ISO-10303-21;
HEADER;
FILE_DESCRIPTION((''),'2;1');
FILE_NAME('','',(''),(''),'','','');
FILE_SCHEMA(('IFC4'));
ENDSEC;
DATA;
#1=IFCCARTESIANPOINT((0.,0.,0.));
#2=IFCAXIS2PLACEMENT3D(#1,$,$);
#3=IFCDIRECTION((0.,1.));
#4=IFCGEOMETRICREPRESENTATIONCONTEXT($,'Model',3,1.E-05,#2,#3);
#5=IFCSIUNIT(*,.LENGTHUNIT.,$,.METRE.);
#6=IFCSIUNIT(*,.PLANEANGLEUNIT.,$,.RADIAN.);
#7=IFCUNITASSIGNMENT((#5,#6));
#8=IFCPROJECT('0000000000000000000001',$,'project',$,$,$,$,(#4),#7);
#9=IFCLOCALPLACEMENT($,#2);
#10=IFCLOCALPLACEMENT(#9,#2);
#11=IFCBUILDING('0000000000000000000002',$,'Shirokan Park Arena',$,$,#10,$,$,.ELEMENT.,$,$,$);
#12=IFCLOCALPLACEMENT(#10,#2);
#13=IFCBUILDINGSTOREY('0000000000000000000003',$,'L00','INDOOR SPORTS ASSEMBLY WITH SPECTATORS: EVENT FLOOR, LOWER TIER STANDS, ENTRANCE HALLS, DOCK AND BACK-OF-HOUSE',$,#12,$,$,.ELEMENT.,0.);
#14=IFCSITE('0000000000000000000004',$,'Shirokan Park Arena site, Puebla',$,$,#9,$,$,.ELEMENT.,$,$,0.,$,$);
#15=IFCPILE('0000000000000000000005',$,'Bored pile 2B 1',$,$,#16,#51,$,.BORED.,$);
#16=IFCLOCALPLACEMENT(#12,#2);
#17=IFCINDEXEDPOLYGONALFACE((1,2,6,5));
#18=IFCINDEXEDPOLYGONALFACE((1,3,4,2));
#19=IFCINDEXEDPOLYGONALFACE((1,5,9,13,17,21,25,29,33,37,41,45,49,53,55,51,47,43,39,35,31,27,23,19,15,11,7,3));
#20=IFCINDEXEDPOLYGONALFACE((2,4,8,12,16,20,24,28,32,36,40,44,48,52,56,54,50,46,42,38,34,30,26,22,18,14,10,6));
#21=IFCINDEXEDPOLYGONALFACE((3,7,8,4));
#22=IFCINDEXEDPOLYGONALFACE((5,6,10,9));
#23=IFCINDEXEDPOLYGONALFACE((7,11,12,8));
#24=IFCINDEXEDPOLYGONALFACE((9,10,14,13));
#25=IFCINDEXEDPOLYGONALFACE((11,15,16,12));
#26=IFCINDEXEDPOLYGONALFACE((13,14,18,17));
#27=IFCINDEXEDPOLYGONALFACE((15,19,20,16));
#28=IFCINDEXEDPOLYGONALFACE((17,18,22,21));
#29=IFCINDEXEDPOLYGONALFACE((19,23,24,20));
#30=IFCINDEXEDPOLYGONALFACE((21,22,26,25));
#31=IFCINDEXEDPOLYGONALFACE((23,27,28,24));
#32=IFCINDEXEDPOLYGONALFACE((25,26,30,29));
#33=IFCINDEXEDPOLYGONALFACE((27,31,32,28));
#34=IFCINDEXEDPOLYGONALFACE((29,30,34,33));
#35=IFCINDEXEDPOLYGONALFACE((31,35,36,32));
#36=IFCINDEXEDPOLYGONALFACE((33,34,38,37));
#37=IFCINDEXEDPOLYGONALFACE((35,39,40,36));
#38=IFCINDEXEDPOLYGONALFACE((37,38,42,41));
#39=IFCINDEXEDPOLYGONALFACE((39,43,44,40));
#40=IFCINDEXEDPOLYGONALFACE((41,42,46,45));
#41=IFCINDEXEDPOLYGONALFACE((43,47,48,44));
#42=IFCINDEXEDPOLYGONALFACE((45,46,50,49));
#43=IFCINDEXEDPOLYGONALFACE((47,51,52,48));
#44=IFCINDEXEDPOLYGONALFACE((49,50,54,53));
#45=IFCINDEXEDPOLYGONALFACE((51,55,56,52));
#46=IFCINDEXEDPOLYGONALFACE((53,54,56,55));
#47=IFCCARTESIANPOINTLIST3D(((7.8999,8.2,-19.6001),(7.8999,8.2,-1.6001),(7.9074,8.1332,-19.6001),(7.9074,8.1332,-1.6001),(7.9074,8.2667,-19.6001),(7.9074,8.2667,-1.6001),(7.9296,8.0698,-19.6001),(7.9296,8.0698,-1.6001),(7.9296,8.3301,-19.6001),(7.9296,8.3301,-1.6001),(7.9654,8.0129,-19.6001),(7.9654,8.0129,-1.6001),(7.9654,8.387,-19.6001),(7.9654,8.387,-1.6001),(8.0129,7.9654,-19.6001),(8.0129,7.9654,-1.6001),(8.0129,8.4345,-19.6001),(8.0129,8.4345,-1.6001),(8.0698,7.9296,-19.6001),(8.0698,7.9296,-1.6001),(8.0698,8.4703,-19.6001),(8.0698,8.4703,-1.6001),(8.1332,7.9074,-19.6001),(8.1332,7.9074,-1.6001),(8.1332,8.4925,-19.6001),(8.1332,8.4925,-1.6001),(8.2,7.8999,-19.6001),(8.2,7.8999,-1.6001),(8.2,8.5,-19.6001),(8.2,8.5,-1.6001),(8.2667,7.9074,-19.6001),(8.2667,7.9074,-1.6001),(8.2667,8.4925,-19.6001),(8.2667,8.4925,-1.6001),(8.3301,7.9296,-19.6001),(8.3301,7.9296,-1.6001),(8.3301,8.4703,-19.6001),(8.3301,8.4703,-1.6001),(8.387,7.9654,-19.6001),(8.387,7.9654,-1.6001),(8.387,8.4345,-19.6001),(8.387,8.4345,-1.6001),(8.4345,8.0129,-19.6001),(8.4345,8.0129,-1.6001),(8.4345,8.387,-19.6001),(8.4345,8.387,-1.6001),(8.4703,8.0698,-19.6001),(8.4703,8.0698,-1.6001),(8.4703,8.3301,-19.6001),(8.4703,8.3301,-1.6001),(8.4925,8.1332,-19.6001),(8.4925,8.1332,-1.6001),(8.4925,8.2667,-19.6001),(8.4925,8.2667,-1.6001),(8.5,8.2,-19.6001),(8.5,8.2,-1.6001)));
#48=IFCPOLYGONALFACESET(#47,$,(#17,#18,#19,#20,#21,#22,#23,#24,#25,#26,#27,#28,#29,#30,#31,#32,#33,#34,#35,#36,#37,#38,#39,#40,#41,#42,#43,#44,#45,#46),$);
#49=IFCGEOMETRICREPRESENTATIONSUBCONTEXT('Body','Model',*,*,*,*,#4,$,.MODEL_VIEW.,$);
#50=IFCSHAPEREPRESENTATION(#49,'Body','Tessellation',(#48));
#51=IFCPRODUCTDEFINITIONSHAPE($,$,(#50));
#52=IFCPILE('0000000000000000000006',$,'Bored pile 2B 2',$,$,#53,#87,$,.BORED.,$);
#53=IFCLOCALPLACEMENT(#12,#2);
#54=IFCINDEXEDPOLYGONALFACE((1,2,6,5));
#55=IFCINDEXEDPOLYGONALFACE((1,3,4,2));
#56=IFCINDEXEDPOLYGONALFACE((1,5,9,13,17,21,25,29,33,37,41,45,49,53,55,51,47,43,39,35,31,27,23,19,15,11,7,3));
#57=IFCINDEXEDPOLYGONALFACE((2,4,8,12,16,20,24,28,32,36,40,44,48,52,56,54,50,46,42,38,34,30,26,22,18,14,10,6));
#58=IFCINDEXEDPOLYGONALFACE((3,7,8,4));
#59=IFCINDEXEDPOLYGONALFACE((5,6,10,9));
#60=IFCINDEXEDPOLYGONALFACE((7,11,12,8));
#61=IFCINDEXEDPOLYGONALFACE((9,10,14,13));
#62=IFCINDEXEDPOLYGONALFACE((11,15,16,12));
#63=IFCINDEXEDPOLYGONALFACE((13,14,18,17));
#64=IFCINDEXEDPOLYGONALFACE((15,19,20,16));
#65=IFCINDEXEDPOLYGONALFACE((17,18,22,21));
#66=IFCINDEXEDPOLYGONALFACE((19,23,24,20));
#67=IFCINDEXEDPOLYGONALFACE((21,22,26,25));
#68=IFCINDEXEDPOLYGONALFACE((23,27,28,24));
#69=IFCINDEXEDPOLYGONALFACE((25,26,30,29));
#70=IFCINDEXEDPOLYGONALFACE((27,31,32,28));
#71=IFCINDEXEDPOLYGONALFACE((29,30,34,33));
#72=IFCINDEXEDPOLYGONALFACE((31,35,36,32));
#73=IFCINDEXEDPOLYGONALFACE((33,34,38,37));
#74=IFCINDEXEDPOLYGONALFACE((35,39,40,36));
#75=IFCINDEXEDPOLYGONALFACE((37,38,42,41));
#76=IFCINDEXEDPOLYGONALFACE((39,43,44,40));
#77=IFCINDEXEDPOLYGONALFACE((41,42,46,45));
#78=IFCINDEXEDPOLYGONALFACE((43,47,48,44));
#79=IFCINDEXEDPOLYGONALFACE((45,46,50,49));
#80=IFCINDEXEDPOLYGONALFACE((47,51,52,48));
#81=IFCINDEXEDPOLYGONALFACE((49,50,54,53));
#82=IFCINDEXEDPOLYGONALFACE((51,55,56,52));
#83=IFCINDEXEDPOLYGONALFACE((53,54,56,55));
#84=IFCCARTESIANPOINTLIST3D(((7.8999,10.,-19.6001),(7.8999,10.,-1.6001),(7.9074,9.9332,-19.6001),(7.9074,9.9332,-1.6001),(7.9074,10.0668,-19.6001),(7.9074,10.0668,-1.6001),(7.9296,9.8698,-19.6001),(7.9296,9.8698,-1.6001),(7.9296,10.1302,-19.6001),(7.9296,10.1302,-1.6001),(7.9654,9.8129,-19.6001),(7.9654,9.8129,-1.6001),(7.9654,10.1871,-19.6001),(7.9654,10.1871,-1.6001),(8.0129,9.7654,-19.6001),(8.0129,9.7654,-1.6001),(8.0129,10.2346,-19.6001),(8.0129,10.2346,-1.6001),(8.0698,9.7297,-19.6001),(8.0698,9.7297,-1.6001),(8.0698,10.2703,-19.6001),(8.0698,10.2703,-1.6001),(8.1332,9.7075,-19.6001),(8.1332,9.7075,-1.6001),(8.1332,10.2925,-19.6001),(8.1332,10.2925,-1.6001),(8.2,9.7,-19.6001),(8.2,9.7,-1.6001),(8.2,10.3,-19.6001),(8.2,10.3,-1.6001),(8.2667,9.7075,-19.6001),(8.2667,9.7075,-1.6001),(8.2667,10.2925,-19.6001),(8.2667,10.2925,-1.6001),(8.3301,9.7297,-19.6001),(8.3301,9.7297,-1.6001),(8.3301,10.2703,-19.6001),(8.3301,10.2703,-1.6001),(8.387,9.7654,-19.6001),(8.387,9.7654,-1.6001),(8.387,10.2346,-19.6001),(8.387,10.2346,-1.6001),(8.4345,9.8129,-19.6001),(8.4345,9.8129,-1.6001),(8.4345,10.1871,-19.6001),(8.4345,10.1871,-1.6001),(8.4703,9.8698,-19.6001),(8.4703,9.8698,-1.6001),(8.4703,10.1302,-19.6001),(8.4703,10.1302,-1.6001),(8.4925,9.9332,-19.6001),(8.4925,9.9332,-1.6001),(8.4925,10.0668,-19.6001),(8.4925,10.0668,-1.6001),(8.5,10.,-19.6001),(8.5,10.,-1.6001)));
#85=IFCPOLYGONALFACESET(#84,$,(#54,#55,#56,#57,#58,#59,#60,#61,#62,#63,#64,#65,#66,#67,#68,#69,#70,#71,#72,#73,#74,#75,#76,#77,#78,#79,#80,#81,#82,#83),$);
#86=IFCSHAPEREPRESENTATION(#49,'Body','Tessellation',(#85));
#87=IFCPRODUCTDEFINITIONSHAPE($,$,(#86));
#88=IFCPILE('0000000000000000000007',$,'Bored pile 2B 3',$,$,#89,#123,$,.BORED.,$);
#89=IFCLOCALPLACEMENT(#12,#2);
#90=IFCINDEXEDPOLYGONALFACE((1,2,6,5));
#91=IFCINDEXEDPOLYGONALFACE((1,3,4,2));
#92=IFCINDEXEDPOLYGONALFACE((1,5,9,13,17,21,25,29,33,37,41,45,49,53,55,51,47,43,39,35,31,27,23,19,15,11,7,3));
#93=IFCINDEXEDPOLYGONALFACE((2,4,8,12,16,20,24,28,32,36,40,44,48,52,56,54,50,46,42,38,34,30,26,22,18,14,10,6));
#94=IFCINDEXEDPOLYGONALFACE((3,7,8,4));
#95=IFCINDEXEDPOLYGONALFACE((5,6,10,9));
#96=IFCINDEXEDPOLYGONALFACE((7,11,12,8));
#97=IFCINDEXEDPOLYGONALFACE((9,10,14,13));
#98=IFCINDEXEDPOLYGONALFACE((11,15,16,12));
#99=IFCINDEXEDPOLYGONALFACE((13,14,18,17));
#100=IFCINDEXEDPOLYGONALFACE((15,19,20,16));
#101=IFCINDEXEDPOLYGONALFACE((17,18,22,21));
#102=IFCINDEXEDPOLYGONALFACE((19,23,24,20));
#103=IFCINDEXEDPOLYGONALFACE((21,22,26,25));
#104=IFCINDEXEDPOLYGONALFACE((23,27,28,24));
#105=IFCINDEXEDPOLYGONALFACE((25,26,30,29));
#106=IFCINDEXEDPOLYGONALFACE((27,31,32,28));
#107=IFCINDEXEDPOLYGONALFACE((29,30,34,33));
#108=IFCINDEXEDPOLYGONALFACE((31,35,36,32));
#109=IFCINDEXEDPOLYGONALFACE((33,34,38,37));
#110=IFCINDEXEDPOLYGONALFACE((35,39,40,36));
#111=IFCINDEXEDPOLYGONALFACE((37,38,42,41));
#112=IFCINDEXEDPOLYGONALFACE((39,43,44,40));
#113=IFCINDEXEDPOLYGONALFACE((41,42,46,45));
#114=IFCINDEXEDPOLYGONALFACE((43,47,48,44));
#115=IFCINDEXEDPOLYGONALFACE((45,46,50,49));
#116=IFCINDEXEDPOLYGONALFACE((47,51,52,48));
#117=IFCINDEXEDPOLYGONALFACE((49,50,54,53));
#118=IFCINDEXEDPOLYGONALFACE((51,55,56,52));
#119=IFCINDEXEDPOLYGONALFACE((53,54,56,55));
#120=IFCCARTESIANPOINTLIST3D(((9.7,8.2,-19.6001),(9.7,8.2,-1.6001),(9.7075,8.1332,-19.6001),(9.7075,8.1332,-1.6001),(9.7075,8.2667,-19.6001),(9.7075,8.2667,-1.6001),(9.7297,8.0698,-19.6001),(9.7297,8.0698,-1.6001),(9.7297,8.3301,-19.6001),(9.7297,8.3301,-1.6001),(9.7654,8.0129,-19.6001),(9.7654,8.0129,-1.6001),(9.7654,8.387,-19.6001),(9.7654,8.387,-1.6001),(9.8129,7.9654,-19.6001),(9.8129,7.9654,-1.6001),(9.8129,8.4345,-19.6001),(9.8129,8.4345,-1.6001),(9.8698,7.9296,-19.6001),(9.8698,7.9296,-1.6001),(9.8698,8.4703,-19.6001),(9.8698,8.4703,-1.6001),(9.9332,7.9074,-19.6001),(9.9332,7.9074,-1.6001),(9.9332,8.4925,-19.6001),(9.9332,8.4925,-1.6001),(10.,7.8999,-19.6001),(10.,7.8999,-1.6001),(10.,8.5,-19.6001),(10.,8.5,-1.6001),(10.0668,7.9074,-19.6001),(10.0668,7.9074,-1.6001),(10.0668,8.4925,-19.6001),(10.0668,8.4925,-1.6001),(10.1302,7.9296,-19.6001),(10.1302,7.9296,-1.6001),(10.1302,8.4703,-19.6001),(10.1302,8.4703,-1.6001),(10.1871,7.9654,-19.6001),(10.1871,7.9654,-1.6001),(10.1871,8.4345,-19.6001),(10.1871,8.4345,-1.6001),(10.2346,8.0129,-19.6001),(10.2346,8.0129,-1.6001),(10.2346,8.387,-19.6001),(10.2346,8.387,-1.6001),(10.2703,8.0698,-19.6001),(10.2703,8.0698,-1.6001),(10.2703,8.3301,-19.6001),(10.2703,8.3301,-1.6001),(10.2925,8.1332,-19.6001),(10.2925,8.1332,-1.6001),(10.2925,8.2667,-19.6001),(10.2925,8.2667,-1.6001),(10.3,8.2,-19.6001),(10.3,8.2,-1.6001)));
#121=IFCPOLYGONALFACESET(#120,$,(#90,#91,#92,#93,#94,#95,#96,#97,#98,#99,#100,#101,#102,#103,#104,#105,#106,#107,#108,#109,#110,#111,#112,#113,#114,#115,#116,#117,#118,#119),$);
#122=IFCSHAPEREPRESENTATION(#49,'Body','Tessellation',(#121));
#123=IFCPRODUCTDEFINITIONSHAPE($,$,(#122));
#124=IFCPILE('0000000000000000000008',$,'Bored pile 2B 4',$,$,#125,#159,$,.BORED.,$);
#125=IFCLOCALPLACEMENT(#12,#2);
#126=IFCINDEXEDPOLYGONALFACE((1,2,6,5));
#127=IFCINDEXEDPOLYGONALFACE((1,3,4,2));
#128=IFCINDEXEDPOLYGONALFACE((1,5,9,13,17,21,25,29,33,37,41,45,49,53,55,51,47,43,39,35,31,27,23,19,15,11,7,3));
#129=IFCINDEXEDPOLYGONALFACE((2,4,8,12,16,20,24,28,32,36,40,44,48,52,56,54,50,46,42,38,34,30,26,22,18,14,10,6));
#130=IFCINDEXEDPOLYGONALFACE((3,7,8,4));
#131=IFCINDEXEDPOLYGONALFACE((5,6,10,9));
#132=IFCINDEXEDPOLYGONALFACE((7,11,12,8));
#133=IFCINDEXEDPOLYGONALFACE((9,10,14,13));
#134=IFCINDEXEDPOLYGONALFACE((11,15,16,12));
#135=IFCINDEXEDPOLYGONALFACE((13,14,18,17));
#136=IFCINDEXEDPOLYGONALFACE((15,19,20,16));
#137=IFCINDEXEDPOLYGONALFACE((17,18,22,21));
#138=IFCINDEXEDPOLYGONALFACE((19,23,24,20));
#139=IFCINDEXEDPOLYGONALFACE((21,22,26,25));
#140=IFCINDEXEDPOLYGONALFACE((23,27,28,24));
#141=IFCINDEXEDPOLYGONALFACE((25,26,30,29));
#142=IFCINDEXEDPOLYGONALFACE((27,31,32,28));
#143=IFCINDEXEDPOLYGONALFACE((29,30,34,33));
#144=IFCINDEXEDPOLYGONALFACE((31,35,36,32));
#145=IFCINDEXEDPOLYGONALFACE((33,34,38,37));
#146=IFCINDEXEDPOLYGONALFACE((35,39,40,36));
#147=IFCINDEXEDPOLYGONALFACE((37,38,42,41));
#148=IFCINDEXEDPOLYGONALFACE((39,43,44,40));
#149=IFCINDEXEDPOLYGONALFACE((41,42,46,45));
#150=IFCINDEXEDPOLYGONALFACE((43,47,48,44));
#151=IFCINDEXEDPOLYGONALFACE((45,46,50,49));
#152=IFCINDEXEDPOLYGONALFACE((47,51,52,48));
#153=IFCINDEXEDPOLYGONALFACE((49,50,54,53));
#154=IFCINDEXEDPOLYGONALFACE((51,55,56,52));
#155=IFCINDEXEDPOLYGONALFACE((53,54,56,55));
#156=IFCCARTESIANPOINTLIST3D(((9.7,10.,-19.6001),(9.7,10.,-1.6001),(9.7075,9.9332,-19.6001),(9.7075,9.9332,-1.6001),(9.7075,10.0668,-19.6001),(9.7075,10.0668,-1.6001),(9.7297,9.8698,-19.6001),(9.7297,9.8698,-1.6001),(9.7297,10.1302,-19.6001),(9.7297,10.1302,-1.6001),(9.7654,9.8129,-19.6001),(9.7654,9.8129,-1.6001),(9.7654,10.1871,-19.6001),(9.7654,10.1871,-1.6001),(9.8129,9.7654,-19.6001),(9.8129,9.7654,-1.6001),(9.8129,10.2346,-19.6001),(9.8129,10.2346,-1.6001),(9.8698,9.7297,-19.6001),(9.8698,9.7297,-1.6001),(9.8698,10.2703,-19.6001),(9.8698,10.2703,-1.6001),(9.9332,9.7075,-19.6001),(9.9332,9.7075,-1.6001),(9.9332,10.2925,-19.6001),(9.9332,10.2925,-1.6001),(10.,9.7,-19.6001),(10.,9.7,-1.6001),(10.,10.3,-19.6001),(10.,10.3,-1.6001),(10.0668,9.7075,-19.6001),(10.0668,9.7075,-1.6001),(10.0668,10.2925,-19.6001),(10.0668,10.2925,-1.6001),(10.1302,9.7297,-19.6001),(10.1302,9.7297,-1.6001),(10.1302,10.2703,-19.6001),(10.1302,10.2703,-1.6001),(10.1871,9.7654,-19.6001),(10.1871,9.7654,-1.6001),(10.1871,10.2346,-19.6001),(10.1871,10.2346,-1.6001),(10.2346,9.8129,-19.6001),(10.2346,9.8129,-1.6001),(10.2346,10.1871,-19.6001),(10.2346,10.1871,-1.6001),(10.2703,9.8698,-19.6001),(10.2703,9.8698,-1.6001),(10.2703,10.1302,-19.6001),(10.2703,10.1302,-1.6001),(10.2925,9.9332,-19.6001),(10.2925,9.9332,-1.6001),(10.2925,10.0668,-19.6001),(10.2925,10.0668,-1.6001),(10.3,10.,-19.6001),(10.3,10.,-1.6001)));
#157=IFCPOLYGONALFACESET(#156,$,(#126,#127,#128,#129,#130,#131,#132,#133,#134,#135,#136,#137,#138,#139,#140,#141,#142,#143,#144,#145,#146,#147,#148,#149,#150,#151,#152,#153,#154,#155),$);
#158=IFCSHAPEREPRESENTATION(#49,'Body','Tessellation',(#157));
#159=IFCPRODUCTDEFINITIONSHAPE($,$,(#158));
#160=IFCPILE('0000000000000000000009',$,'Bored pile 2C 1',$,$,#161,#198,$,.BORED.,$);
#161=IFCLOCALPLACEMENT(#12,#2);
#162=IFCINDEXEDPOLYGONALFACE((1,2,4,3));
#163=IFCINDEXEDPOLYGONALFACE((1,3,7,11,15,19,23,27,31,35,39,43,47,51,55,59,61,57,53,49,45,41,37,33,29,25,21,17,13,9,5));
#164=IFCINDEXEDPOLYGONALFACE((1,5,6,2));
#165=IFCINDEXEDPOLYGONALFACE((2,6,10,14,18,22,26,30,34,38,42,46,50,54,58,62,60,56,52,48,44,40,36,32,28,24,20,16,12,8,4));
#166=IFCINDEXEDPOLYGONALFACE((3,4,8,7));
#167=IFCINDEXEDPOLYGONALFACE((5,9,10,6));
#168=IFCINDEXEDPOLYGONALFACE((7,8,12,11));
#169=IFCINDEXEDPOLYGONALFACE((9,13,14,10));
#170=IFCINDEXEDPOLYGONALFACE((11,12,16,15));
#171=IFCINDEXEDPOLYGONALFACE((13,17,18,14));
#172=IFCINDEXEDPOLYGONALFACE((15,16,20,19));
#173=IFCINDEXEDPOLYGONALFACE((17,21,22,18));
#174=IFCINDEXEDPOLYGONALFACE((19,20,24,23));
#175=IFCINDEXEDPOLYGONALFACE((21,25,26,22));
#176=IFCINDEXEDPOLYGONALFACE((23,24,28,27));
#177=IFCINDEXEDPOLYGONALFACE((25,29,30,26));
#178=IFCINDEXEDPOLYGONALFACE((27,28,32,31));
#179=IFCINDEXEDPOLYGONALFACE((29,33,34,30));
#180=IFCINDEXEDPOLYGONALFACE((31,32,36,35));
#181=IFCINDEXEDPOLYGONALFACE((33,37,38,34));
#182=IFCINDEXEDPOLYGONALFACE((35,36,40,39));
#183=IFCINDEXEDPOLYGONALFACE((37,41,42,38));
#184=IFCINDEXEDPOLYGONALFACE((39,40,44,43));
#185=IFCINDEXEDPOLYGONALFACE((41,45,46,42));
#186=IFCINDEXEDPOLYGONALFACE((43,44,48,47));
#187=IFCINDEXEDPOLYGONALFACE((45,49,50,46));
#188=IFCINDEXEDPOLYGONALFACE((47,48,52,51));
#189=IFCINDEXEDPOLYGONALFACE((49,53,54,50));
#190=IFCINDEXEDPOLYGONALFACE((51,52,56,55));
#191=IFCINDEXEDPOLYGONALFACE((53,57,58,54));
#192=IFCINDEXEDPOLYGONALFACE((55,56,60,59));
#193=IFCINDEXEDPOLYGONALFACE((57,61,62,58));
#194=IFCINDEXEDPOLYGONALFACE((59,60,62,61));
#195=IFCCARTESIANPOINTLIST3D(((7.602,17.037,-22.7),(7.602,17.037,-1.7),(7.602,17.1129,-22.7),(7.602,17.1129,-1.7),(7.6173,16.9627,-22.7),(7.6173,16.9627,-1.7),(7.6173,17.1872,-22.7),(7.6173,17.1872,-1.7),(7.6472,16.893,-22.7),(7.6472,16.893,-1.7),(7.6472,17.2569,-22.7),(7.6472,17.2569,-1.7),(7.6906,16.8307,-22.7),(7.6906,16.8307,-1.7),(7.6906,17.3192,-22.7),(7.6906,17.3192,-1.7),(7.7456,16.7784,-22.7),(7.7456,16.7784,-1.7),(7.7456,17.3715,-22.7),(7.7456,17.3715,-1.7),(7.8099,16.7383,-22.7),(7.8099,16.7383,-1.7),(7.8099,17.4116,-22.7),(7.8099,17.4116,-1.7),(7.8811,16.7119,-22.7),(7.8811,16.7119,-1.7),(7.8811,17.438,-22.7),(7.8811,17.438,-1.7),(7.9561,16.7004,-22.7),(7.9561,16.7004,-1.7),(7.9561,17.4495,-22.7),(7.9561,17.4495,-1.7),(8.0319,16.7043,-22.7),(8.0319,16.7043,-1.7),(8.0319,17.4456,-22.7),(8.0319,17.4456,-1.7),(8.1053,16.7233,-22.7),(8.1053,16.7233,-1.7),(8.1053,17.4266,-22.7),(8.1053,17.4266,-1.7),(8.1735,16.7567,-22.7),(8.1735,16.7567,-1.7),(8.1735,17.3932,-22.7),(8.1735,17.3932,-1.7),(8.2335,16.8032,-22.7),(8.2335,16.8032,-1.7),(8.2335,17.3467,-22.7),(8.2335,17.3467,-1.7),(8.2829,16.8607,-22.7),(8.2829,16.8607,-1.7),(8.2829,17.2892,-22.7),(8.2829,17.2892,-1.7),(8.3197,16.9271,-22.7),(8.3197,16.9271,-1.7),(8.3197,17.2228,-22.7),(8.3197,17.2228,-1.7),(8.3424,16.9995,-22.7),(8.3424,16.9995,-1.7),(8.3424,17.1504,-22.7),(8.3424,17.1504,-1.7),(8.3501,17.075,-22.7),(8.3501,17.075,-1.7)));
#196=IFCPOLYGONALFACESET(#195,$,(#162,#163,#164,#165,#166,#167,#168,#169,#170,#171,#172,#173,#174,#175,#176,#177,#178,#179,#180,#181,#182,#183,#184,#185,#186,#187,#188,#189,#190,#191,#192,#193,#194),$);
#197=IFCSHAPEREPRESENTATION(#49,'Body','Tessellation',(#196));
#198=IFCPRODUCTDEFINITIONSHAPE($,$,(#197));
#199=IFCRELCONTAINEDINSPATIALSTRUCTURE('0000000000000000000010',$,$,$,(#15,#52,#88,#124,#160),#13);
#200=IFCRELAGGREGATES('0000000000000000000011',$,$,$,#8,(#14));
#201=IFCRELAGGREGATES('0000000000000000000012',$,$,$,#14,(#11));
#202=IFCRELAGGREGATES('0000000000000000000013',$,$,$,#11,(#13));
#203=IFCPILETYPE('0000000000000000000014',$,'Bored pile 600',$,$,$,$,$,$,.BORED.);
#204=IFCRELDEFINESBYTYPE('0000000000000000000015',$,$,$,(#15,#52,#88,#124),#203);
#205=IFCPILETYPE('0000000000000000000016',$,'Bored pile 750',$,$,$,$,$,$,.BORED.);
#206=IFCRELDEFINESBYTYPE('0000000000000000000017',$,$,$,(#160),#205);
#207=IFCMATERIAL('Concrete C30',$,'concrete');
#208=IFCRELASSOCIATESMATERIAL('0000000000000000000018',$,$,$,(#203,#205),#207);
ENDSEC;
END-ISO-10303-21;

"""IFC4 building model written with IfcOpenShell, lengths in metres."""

from ifc_helpers import new_model, si_unit, direction, frame, origin, origin_2d, place, context, subcontext, project, spatial, circle, extrude, material, material_profile, profile_set, type_object, element, save


model = new_model("IFC4")

# Units and contexts
model_context = context("Model", 3, precision=1e-05, world=origin(), true_north=direction((0.0, 1.0)))
body_context = subcontext(model_context, "Body", "Model", "MODEL_VIEW")
ifc_project = project(units=[si_unit("LENGTHUNIT", "METRE"), si_unit("PLANEANGLEUNIT", "RADIAN")], contexts=[model_context])

# Site, building, storey
site_placement = place(None, origin())
site = spatial("IfcSite", under=ifc_project, at=site_placement, Name="Shirokan Park Arena site, Puebla", CompositionType="ELEMENT", RefElevation=0.0)
building_placement = place(site_placement, origin())
building = spatial("IfcBuilding", under=site, at=building_placement, Name="Shirokan Park Arena", CompositionType="ELEMENT")
storey_placement = place(building_placement, origin())
storey = spatial("IfcBuildingStorey", under=building, at=storey_placement, Name="L00", Description="INDOOR SPORTS ASSEMBLY WITH SPECTATORS: EVENT FLOOR, LOWER TIER STANDS, ENTRANCE HALLS, DOCK AND BACK-OF-HOUSE", CompositionType="ELEMENT", Elevation=0.0)

# Piles
ifc_material_1 = material(Name="Concrete C30", Category="concrete")
ifc_material_profile_1 = material_profile(ifc_material_1, circle(Radius=0.3, at=origin_2d()), Name="D600")
ifc_profile_set_1 = profile_set([ifc_material_profile_1], Name="Concrete C30")
pile_type_1 = type_object("IfcPileType", Name="Bored pile 600", PredefinedType="BORED", material=ifc_profile_set_1)
for number, where, z_axis, x_axis, name in (
    (1, (8.2, 8.2, -1.6001), (0.0, 0.0, -1.0), (1.0, 0.0, 0.0), "Bored pile 2B 1"),
    (2, (8.2, 10.0, -1.6001), (0.0, 0.0, -1.0), (1.0, 0.0, 0.0), "Bored pile 2B 2"),
    (3, (10.0, 8.2, -1.6001), (0.0, 0.0, -1.0), (1.0, 0.0, 0.0), "Bored pile 2B 3"),
    (4, (10.0, 10.0, -1.6001), (0.0, 0.0, -1.0), (1.0, 0.0, 0.0), "Bored pile 2B 4"),
):
    element("IfcPile", number, at=place(storey_placement, frame(where, z_axis=z_axis, x_axis=x_axis)), inside=storey, type_object=pile_type_1, Name=name, PredefinedType="BORED", context=body_context, shape_type="SweptSolid", body=[
        extrude(circle(Radius=0.3, at=origin_2d()), origin(), (0.0, 0.0, 1.0), 18.0),
    ])
ifc_material_profile_2 = material_profile(ifc_material_1, circle(Radius=0.375, at=origin_2d()), Name="D750")
ifc_profile_set_2 = profile_set([ifc_material_profile_2], Name="Concrete C30")
pile_type_2 = type_object("IfcPileType", Name="Bored pile 750", PredefinedType="BORED", material=ifc_profile_set_2)
for number, where, z_axis, x_axis, name in (
    (5, (7.9751, 17.075, -1.7), (0.0, 0.0, -1.0), (1.0, 0.0, 0.0), "Bored pile 2C 1"),
):
    element("IfcPile", number, at=place(storey_placement, frame(where, z_axis=z_axis, x_axis=x_axis)), inside=storey, type_object=pile_type_2, Name=name, PredefinedType="BORED", context=body_context, shape_type="SweptSolid", body=[
        extrude(circle(Radius=0.375, at=origin_2d()), origin(), (0.0, 0.0, 1.0), 21.0),
    ])

save(model, "model.ifc")
